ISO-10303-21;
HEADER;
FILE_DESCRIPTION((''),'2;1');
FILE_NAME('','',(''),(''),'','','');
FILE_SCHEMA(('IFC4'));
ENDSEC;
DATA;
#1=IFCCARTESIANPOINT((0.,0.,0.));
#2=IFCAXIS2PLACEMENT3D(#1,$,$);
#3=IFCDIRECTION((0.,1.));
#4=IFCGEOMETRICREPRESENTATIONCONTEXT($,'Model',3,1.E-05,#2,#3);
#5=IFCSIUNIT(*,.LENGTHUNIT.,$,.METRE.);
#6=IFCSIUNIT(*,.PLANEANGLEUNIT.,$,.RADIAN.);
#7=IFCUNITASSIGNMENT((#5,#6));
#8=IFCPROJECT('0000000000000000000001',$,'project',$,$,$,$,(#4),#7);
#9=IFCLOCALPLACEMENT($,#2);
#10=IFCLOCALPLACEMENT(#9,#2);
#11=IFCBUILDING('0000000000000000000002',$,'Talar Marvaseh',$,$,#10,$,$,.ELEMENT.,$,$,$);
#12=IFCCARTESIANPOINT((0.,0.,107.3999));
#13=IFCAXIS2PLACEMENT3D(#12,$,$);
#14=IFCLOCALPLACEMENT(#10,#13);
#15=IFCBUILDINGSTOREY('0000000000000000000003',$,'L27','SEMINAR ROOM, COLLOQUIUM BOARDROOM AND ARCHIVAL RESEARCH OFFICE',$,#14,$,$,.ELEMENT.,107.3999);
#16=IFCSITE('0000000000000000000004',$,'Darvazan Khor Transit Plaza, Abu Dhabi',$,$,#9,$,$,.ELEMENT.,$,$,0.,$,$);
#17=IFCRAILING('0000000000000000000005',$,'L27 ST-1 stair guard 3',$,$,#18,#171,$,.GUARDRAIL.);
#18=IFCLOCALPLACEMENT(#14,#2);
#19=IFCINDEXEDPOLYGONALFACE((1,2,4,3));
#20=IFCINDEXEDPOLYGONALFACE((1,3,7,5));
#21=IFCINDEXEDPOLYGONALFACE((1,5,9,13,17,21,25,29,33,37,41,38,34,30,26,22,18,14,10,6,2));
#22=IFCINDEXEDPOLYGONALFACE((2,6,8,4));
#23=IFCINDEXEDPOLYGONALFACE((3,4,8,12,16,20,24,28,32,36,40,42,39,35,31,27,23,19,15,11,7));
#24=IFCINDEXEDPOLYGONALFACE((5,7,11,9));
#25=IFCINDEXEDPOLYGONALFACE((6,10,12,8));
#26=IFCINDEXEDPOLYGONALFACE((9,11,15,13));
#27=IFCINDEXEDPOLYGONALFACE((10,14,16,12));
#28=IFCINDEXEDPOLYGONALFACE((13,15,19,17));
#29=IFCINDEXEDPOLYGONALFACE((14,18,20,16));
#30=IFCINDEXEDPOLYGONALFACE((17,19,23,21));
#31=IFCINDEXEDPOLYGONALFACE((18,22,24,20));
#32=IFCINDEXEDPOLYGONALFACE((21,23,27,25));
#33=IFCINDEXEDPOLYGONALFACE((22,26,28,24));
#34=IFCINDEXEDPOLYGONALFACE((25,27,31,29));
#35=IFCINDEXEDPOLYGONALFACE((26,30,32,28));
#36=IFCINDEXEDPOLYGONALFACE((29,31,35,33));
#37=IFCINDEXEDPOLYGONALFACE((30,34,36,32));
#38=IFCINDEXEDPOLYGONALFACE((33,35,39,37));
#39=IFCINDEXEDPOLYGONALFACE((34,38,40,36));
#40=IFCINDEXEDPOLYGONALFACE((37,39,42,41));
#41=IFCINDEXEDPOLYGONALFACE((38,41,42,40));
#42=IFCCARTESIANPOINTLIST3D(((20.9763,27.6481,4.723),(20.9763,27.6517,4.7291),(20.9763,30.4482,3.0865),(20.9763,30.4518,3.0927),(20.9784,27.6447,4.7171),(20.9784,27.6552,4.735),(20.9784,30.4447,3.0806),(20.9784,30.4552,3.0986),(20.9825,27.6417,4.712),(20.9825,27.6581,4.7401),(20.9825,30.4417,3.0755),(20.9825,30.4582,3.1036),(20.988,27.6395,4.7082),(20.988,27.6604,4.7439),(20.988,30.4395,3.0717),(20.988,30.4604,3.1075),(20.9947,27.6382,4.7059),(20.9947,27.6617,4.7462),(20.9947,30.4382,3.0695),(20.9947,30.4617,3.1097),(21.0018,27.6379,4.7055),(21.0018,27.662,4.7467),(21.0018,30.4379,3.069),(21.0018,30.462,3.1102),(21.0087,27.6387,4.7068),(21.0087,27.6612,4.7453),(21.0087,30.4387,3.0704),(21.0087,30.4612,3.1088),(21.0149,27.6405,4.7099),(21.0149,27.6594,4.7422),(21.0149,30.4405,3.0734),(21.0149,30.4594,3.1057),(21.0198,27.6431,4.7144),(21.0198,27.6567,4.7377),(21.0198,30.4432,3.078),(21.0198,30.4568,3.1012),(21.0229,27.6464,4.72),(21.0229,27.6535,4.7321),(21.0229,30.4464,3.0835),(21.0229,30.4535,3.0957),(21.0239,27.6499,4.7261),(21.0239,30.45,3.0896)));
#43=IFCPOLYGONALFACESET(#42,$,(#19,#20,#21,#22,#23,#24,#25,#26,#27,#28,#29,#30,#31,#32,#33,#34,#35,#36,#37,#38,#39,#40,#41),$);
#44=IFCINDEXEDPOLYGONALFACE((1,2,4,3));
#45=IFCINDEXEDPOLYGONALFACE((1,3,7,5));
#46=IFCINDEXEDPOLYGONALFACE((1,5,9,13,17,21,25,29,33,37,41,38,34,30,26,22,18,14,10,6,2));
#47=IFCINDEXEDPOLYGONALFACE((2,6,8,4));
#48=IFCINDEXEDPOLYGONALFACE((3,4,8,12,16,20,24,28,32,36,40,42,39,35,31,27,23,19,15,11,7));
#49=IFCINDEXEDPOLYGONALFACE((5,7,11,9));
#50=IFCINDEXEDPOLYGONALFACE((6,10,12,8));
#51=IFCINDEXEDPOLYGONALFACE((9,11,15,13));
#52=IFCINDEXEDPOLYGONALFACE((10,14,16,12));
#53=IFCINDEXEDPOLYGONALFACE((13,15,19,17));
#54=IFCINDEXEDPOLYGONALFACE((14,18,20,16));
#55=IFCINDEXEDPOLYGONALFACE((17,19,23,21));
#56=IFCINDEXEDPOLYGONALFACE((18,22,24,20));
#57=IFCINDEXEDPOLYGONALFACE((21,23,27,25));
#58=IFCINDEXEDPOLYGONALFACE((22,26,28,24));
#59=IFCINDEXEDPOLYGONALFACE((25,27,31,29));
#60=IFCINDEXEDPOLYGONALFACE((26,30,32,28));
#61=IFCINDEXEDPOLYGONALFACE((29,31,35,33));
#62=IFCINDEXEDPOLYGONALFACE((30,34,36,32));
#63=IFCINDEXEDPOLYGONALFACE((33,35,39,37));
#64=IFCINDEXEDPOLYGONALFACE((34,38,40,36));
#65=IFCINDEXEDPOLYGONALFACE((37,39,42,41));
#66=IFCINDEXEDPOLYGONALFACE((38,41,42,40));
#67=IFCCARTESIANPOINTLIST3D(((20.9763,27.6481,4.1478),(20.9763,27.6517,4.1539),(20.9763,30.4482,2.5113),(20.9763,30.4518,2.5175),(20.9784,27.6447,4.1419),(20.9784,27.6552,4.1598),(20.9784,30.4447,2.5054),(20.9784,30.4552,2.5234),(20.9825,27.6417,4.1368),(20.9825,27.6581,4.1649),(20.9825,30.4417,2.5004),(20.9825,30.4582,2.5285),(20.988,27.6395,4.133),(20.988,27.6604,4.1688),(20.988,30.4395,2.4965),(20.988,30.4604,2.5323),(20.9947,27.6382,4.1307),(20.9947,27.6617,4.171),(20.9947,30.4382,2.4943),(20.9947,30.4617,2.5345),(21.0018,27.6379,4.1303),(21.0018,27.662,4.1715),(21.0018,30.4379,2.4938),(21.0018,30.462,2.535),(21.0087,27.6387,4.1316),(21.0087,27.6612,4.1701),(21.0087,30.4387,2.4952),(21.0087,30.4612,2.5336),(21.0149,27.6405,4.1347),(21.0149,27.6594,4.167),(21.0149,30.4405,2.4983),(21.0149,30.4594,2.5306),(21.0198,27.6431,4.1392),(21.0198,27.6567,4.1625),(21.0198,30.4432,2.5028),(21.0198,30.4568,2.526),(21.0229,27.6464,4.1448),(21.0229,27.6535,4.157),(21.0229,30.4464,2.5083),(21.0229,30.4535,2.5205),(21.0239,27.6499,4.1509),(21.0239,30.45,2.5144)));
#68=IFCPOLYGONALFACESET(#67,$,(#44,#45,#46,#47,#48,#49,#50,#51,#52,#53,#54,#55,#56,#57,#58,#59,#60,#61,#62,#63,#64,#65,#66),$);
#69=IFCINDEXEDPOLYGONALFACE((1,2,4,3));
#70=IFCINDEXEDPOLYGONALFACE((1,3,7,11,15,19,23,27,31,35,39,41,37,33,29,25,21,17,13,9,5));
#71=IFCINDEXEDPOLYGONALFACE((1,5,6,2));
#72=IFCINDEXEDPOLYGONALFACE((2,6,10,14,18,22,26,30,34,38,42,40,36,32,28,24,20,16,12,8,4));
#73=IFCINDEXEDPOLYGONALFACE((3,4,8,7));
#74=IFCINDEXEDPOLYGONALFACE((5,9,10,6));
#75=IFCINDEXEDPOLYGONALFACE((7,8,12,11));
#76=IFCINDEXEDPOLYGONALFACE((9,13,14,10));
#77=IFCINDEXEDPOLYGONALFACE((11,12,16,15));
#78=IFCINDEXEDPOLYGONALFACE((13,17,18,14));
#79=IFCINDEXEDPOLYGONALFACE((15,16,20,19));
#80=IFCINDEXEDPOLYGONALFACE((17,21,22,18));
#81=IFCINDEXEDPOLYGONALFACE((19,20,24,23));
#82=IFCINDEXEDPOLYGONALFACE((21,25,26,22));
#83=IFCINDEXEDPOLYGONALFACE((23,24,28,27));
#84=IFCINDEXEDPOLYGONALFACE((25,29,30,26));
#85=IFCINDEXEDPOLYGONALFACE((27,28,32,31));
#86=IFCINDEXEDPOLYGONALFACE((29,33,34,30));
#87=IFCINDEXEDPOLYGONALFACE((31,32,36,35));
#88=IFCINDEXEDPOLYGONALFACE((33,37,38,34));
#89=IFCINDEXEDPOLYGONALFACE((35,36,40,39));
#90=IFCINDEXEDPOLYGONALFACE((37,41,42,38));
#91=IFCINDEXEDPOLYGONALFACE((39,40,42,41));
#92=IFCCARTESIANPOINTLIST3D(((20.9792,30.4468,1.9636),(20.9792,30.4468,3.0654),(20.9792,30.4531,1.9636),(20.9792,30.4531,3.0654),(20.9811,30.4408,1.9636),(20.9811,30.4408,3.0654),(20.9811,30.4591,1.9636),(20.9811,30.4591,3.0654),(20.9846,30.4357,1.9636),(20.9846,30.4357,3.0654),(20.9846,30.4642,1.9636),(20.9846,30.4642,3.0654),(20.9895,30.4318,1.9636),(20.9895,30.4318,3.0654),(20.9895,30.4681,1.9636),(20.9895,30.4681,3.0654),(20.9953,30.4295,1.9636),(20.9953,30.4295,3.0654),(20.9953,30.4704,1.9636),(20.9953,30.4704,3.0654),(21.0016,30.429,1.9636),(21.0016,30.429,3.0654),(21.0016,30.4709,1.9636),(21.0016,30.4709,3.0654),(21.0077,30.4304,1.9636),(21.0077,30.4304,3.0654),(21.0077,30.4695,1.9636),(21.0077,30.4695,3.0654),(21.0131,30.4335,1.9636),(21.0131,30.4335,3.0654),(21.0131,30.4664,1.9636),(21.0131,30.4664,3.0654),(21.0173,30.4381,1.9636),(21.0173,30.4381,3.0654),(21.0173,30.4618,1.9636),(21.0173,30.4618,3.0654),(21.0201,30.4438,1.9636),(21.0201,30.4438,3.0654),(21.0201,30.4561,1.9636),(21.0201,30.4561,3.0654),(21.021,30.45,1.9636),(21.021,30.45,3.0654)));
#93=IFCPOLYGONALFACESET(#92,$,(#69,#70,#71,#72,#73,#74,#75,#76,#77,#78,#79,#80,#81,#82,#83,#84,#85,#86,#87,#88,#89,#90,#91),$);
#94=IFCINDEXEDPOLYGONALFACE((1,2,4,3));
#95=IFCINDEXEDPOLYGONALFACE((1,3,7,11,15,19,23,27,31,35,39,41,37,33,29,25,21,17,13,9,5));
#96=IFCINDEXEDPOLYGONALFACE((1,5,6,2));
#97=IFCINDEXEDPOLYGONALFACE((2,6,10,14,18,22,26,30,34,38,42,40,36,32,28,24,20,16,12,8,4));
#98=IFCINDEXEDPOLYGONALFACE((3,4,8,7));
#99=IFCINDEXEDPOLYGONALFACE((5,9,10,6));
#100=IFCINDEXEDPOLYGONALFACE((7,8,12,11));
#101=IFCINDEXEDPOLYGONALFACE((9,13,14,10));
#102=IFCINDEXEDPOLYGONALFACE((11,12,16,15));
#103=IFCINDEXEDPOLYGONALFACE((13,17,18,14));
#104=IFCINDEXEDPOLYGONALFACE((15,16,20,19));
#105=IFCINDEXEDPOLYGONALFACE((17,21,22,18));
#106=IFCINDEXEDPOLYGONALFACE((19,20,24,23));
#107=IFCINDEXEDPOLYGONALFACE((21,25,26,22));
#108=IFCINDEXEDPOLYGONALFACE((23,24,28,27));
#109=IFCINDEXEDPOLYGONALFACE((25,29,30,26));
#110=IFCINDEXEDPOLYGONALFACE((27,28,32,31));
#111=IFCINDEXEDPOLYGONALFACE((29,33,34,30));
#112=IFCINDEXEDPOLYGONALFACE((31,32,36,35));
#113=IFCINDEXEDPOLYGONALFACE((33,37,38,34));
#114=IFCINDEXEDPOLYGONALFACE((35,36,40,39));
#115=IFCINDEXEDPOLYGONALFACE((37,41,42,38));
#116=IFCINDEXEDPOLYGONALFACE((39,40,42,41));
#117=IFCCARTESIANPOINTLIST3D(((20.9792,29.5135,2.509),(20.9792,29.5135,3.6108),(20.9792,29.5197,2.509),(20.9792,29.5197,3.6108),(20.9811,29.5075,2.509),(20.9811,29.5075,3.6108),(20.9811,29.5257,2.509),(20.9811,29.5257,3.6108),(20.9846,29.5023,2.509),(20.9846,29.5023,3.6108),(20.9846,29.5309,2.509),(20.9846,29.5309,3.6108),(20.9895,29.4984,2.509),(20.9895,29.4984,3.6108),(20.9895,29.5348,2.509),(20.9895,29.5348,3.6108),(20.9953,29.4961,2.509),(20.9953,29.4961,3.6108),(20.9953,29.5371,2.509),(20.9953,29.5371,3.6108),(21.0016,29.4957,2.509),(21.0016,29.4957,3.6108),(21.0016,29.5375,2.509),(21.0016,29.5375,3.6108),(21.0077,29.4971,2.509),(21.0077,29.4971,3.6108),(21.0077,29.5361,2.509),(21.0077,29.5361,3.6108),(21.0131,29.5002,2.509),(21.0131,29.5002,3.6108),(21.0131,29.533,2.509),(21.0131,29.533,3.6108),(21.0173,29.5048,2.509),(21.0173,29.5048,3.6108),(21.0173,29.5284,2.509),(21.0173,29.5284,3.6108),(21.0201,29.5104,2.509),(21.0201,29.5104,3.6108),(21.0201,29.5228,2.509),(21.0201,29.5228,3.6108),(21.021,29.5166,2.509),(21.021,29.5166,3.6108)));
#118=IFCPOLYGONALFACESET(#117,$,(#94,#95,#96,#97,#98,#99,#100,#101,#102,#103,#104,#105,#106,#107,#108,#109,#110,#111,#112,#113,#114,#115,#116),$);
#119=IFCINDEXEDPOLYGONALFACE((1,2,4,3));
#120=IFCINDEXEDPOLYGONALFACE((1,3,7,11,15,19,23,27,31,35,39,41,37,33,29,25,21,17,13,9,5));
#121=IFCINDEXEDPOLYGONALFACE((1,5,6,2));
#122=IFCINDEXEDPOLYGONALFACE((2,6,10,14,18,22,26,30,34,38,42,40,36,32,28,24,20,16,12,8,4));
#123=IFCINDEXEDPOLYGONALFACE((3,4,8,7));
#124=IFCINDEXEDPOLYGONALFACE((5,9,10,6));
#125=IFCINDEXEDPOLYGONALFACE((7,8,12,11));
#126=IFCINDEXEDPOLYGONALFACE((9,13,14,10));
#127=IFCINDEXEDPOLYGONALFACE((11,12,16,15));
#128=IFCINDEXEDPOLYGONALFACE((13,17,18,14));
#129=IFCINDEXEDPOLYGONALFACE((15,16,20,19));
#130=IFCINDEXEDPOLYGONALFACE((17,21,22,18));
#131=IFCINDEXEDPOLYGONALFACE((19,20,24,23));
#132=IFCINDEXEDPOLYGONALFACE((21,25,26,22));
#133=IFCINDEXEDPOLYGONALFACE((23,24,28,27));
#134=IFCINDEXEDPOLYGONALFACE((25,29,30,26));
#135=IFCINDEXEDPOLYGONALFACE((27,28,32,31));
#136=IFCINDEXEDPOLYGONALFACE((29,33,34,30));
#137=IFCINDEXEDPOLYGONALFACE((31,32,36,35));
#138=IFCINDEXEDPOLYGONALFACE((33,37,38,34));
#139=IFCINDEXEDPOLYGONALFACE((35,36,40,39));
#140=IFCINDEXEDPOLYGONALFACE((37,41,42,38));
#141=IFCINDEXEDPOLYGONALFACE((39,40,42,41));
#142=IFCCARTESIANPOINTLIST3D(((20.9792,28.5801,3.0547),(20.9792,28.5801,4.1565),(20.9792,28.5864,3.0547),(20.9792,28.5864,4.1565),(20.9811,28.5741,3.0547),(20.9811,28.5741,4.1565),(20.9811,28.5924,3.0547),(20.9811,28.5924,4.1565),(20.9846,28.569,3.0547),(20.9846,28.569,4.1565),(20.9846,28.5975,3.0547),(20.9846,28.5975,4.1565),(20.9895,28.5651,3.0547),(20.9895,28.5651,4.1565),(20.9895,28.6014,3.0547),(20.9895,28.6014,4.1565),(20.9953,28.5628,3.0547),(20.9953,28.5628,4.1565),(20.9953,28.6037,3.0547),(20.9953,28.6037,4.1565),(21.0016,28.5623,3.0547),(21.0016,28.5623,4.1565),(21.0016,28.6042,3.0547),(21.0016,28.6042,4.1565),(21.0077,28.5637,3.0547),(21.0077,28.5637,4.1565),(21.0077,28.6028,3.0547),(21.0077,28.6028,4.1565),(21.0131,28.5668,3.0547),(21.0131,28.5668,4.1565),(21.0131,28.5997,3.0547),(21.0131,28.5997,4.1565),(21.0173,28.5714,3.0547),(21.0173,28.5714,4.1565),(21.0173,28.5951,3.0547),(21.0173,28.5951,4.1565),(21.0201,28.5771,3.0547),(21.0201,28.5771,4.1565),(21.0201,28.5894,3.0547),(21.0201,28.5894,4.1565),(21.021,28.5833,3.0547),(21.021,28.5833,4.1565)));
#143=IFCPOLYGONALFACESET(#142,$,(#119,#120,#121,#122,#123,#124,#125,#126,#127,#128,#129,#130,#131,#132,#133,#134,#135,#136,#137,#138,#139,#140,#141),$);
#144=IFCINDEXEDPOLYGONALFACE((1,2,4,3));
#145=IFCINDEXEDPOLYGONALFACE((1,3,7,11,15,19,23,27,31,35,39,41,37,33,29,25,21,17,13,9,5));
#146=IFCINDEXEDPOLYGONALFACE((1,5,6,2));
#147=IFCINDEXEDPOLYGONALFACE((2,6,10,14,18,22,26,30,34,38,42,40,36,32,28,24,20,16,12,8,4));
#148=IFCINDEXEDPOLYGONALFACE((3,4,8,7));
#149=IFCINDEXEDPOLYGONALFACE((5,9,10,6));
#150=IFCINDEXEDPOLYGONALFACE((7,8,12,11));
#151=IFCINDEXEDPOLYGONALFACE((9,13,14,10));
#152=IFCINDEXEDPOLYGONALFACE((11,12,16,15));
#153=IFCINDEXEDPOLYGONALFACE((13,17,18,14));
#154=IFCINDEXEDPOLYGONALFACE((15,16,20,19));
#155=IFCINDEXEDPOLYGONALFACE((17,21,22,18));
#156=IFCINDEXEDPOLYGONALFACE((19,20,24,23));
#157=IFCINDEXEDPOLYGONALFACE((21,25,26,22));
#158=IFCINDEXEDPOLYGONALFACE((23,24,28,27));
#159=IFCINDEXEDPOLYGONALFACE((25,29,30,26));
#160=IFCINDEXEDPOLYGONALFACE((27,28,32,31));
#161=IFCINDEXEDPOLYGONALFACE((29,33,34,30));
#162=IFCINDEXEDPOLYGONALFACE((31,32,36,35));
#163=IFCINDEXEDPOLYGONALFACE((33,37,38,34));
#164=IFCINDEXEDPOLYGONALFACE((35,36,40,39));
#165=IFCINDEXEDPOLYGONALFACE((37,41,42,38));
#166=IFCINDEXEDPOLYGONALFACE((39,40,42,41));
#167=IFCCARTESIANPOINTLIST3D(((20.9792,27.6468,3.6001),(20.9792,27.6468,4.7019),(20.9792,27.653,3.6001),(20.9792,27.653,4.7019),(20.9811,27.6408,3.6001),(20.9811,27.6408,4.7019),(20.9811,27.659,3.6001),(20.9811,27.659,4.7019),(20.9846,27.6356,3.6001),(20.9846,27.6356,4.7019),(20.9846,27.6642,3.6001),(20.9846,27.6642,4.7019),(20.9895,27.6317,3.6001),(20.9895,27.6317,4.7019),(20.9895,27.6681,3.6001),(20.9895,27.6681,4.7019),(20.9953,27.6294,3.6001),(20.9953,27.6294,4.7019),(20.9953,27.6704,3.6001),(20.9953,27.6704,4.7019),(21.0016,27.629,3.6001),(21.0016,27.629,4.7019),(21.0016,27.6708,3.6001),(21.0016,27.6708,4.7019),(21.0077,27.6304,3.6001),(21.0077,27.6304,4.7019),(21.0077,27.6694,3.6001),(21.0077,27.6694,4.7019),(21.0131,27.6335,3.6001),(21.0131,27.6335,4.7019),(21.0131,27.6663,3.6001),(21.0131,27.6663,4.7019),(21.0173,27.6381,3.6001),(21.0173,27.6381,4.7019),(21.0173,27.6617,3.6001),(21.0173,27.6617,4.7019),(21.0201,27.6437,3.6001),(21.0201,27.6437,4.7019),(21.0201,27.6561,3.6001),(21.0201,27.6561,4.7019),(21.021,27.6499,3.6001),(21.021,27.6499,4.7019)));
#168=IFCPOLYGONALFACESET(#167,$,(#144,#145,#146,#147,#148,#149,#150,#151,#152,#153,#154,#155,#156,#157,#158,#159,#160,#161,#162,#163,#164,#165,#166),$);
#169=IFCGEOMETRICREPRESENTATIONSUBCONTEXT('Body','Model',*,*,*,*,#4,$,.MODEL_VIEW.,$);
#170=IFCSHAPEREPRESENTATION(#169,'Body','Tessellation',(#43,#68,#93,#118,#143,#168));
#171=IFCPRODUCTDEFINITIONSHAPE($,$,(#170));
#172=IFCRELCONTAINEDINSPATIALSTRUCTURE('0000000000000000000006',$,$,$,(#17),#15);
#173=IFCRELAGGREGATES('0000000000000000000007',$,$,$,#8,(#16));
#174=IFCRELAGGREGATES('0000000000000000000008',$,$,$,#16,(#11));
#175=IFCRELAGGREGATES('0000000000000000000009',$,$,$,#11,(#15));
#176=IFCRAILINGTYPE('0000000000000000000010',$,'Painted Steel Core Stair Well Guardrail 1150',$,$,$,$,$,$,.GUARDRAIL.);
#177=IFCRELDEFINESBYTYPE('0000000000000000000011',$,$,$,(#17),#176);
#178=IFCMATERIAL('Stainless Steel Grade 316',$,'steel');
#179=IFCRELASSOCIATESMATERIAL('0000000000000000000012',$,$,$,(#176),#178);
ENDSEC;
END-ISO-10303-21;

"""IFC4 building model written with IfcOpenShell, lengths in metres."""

from ifc_helpers import new_model, si_unit, direction, frame, origin, origin_2d, place, context, subcontext, project, spatial, circle, extrude, material, type_object, element, save


model = new_model("IFC4")

# Units and contexts
model_context = context("Model", 3, precision=1e-05, world=origin(), true_north=direction((0.0, 1.0)))
body_context = subcontext(model_context, "Body", "Model", "MODEL_VIEW")
ifc_project = project(units=[si_unit("LENGTHUNIT", "METRE"), si_unit("PLANEANGLEUNIT", "RADIAN")], contexts=[model_context])

# Site, building, storey
site_placement = place(None, origin())
site = spatial("IfcSite", under=ifc_project, at=site_placement, Name="Darvazan Khor Transit Plaza, Abu Dhabi", CompositionType="ELEMENT", RefElevation=0.0)
building_placement = place(site_placement, origin())
building = spatial("IfcBuilding", under=site, at=building_placement, Name="Talar Marvaseh", CompositionType="ELEMENT")
storey_placement = place(building_placement, frame((0.0, 0.0, 107.3999)))
storey = spatial("IfcBuildingStorey", under=building, at=storey_placement, Name="L27", Description="SEMINAR ROOM, COLLOQUIUM BOARDROOM AND ARCHIVAL RESEARCH OFFICE", CompositionType="ELEMENT", Elevation=107.3999)

# Railing
ifc_material_1 = material(Name="Stainless Steel Grade 316", Category="steel")
railing_type_1 = type_object("IfcRailingType", Name="Painted Steel Core Stair Well Guardrail 1150", PredefinedType="GUARDRAIL", material=ifc_material_1)
railing_1_placement = place(storey_placement, frame((21.0, 30.45, 1.9636)))
element("IfcRailing", 1, at=railing_1_placement, inside=storey, type_object=railing_type_1, Name="L27 ST-1 stair guard 3", PredefinedType="GUARDRAIL", context=body_context, shape_type="SweptSolid", body=[
    extrude(circle(Radius=0.0239, at=origin_2d()), frame((0.0, 0.0, 1.126), z_axis=(0.0, -0.863361, 0.504587), x_axis=(1.0, 0.0, 0.0)), (0.0, 0.0, 1.0), 3.2432),
    extrude(circle(Radius=0.0239, at=origin_2d()), frame((0.0, 0.0, 0.5508), z_axis=(0.0, -0.863361, 0.504587), x_axis=(1.0, 0.0, 0.0)), (0.0, 0.0, 1.0), 3.2432),
    extrude(circle(Radius=0.021, at=origin_2d()), origin(), (0.0, 0.0, 1.0), 1.1018),
    extrude(circle(Radius=0.021, at=origin_2d()), frame((0.0, -0.9333, 0.5454)), (0.0, 0.0, 1.0), 1.1018),
    extrude(circle(Radius=0.021, at=origin_2d()), frame((0.0, -1.8667, 1.0911)), (0.0, 0.0, 1.0), 1.1018),
    extrude(circle(Radius=0.021, at=origin_2d()), frame((0.0, -2.8, 1.6365)), (0.0, 0.0, 1.0), 1.1018),
])

save(model, "model.ifc")
